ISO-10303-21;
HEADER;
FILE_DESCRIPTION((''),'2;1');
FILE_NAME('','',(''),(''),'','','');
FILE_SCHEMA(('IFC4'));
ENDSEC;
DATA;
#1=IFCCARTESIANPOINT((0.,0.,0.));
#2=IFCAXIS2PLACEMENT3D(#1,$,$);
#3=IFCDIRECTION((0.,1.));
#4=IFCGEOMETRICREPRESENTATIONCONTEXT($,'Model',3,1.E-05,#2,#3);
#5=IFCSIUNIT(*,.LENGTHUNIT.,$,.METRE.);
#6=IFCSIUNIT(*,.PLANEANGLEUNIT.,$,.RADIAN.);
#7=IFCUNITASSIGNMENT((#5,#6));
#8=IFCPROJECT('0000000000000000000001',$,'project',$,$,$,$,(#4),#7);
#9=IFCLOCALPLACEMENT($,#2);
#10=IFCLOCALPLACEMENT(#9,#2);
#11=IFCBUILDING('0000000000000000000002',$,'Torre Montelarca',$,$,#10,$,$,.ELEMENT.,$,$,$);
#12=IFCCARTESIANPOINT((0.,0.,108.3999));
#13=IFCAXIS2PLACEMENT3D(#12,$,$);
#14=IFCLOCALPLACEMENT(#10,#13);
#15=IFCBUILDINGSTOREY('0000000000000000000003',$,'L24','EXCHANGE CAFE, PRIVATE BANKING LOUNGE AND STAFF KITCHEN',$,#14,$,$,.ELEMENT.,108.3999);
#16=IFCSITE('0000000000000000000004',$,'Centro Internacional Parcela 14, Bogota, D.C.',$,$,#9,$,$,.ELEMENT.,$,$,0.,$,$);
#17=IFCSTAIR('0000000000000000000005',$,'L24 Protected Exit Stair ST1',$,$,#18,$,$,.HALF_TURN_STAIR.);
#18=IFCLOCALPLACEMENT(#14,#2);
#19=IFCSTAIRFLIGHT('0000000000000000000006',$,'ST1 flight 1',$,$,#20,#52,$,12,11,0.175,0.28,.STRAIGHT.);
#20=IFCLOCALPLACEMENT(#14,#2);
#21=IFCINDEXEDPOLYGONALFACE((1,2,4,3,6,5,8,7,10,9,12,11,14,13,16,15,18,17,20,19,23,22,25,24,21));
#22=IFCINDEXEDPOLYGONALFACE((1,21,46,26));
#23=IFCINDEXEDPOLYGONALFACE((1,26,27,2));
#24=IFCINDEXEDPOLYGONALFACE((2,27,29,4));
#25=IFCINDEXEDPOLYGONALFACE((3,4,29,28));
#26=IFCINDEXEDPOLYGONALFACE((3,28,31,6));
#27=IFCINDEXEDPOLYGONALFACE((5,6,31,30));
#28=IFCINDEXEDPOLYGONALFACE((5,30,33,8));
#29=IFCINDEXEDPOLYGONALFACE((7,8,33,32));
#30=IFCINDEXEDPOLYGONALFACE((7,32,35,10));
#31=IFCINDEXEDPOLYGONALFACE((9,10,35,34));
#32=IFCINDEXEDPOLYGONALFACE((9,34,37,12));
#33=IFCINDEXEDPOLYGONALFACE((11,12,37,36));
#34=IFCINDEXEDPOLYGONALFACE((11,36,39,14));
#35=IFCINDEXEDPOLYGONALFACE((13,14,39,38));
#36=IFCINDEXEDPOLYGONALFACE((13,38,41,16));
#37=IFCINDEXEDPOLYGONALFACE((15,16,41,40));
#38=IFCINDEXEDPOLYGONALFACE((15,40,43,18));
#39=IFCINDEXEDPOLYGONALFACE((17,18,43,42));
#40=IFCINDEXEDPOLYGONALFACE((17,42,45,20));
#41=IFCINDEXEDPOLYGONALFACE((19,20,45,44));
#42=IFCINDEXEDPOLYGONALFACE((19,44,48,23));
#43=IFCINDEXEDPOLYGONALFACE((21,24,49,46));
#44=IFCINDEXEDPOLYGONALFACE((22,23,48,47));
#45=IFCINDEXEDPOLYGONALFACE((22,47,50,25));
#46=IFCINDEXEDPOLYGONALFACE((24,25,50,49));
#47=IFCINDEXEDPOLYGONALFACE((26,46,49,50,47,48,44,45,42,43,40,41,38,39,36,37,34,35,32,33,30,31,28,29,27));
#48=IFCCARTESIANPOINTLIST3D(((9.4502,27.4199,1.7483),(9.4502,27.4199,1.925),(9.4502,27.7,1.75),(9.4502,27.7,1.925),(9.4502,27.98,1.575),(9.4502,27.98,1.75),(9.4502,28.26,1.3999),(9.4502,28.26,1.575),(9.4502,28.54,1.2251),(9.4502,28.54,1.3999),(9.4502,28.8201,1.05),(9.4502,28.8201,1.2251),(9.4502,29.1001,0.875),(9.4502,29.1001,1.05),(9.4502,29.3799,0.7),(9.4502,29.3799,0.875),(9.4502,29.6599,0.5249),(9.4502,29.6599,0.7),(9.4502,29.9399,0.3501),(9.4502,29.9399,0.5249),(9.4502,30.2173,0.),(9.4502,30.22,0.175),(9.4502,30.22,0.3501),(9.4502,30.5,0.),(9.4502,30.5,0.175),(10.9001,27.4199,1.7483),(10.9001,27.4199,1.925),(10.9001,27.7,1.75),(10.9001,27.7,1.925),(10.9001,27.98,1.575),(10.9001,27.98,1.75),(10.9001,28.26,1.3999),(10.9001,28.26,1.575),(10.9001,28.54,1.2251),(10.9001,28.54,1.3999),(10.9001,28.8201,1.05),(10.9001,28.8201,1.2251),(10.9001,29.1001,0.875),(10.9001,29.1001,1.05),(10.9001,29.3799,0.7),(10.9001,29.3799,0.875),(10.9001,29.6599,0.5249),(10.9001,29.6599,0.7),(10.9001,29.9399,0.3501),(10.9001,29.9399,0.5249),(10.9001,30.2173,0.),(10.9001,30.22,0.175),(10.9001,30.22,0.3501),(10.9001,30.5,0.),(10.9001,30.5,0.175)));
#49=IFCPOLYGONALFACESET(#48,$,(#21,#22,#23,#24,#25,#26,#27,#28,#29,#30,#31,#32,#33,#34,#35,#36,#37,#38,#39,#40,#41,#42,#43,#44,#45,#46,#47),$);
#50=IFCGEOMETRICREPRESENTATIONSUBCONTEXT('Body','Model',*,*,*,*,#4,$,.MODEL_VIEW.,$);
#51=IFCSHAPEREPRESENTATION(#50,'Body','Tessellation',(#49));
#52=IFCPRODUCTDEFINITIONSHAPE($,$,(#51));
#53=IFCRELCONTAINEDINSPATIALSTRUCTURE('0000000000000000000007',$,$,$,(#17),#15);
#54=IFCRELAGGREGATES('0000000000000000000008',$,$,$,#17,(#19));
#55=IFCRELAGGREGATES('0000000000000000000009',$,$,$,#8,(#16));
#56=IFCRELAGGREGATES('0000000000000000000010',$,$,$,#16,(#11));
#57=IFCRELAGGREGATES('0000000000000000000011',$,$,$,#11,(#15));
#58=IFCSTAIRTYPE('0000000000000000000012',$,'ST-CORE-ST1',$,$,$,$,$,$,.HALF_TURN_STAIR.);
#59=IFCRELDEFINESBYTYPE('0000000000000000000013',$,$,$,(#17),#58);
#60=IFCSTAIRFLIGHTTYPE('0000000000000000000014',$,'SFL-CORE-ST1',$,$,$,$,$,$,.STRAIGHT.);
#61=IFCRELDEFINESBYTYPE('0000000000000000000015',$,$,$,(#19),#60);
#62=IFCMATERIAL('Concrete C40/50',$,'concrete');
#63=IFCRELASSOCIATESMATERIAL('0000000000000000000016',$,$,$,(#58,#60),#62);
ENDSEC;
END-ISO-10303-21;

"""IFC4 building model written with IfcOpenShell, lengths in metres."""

from ifc_helpers import new_model, si_unit, direction, frame, origin, place, context, subcontext, project, spatial, polyline, outline, extrude, material, type_object, element, aggregate, save


model = new_model("IFC4")

# Units and contexts
model_context = context("Model", 3, precision=1e-05, world=origin(), true_north=direction((0.0, 1.0)))
body_context = subcontext(model_context, "Body", "Model", "MODEL_VIEW")
ifc_project = project(units=[si_unit("LENGTHUNIT", "METRE"), si_unit("PLANEANGLEUNIT", "RADIAN")], contexts=[model_context])

# Site, building, storey
site_placement = place(None, origin())
site = spatial("IfcSite", under=ifc_project, at=site_placement, Name="Centro Internacional Parcela 14, Bogota, D.C.", CompositionType="ELEMENT", RefElevation=0.0)
building_placement = place(site_placement, origin())
building = spatial("IfcBuilding", under=site, at=building_placement, Name="Torre Montelarca", CompositionType="ELEMENT")
storey_placement = place(building_placement, frame((0.0, 0.0, 108.3999)))
storey = spatial("IfcBuildingStorey", under=building, at=storey_placement, Name="L24", Description="EXCHANGE CAFE, PRIVATE BANKING LOUNGE AND STAFF KITCHEN", CompositionType="ELEMENT", Elevation=108.3999)

# Shared definitions
ifc_material_1 = material(Name="Concrete C40/50", Category="concrete")

# Stair, stair flight
stair_type = type_object("IfcStairType", Name="ST-CORE-ST1", PredefinedType="HALF_TURN_STAIR", material=ifc_material_1)
stair_placement = place(storey_placement, origin())
stair = element("IfcStair", 1, at=stair_placement, inside=storey, type_object=stair_type, Name="L24 Protected Exit Stair ST1", PredefinedType="HALF_TURN_STAIR")
stair_flight_type = type_object("IfcStairFlightType", Name="SFL-CORE-ST1", PredefinedType="STRAIGHT", material=ifc_material_1)
stair_flight_placement = place(storey_placement, frame((10.175, 30.5, 0.0), z_axis=(0.0, 0.0, 1.0), x_axis=(0.0, -1.0, 0.0)))
stair_flight = element("IfcStairFlight", 2, at=stair_flight_placement, type_object=stair_flight_type, Name="ST1 flight 1", NumberOfRisers=12, NumberOfTreads=11, PredefinedType="STRAIGHT", RiserHeight=0.175, TreadLength=0.28, context=body_context, shape_type="SweptSolid", body=[
    extrude(outline(polyline([(0.0, 0.0), (0.0, 0.175), (0.28, 0.175), (0.28, 0.3501), (0.5601, 0.3501), (0.5601, 0.5249), (0.8401, 0.5249), (0.8401, 0.7), (1.1201, 0.7), (1.1201, 0.875), (1.3999, 0.875), (1.3999, 1.05), (1.6799, 1.05), (1.6799, 1.2251), (1.96, 1.2251), (1.96, 1.3999), (2.24, 1.3999), (2.24, 1.575), (2.52, 1.575), (2.52, 1.75), (2.8, 1.75), (2.8, 1.925), (3.0801, 1.925), (3.0801, 2.1001), (3.0801, 1.7483), (0.2827, 0.0), (0.0, 0.0)])), frame((0.0, 0.7251, 0.0), z_axis=(0.0, -1.0, 0.0), x_axis=(1.0, 0.0, 0.0)), (0.0, 0.0, 1.0), 1.45),
])
aggregate(stair, [stair_flight])

save(model, "model.ifc")
